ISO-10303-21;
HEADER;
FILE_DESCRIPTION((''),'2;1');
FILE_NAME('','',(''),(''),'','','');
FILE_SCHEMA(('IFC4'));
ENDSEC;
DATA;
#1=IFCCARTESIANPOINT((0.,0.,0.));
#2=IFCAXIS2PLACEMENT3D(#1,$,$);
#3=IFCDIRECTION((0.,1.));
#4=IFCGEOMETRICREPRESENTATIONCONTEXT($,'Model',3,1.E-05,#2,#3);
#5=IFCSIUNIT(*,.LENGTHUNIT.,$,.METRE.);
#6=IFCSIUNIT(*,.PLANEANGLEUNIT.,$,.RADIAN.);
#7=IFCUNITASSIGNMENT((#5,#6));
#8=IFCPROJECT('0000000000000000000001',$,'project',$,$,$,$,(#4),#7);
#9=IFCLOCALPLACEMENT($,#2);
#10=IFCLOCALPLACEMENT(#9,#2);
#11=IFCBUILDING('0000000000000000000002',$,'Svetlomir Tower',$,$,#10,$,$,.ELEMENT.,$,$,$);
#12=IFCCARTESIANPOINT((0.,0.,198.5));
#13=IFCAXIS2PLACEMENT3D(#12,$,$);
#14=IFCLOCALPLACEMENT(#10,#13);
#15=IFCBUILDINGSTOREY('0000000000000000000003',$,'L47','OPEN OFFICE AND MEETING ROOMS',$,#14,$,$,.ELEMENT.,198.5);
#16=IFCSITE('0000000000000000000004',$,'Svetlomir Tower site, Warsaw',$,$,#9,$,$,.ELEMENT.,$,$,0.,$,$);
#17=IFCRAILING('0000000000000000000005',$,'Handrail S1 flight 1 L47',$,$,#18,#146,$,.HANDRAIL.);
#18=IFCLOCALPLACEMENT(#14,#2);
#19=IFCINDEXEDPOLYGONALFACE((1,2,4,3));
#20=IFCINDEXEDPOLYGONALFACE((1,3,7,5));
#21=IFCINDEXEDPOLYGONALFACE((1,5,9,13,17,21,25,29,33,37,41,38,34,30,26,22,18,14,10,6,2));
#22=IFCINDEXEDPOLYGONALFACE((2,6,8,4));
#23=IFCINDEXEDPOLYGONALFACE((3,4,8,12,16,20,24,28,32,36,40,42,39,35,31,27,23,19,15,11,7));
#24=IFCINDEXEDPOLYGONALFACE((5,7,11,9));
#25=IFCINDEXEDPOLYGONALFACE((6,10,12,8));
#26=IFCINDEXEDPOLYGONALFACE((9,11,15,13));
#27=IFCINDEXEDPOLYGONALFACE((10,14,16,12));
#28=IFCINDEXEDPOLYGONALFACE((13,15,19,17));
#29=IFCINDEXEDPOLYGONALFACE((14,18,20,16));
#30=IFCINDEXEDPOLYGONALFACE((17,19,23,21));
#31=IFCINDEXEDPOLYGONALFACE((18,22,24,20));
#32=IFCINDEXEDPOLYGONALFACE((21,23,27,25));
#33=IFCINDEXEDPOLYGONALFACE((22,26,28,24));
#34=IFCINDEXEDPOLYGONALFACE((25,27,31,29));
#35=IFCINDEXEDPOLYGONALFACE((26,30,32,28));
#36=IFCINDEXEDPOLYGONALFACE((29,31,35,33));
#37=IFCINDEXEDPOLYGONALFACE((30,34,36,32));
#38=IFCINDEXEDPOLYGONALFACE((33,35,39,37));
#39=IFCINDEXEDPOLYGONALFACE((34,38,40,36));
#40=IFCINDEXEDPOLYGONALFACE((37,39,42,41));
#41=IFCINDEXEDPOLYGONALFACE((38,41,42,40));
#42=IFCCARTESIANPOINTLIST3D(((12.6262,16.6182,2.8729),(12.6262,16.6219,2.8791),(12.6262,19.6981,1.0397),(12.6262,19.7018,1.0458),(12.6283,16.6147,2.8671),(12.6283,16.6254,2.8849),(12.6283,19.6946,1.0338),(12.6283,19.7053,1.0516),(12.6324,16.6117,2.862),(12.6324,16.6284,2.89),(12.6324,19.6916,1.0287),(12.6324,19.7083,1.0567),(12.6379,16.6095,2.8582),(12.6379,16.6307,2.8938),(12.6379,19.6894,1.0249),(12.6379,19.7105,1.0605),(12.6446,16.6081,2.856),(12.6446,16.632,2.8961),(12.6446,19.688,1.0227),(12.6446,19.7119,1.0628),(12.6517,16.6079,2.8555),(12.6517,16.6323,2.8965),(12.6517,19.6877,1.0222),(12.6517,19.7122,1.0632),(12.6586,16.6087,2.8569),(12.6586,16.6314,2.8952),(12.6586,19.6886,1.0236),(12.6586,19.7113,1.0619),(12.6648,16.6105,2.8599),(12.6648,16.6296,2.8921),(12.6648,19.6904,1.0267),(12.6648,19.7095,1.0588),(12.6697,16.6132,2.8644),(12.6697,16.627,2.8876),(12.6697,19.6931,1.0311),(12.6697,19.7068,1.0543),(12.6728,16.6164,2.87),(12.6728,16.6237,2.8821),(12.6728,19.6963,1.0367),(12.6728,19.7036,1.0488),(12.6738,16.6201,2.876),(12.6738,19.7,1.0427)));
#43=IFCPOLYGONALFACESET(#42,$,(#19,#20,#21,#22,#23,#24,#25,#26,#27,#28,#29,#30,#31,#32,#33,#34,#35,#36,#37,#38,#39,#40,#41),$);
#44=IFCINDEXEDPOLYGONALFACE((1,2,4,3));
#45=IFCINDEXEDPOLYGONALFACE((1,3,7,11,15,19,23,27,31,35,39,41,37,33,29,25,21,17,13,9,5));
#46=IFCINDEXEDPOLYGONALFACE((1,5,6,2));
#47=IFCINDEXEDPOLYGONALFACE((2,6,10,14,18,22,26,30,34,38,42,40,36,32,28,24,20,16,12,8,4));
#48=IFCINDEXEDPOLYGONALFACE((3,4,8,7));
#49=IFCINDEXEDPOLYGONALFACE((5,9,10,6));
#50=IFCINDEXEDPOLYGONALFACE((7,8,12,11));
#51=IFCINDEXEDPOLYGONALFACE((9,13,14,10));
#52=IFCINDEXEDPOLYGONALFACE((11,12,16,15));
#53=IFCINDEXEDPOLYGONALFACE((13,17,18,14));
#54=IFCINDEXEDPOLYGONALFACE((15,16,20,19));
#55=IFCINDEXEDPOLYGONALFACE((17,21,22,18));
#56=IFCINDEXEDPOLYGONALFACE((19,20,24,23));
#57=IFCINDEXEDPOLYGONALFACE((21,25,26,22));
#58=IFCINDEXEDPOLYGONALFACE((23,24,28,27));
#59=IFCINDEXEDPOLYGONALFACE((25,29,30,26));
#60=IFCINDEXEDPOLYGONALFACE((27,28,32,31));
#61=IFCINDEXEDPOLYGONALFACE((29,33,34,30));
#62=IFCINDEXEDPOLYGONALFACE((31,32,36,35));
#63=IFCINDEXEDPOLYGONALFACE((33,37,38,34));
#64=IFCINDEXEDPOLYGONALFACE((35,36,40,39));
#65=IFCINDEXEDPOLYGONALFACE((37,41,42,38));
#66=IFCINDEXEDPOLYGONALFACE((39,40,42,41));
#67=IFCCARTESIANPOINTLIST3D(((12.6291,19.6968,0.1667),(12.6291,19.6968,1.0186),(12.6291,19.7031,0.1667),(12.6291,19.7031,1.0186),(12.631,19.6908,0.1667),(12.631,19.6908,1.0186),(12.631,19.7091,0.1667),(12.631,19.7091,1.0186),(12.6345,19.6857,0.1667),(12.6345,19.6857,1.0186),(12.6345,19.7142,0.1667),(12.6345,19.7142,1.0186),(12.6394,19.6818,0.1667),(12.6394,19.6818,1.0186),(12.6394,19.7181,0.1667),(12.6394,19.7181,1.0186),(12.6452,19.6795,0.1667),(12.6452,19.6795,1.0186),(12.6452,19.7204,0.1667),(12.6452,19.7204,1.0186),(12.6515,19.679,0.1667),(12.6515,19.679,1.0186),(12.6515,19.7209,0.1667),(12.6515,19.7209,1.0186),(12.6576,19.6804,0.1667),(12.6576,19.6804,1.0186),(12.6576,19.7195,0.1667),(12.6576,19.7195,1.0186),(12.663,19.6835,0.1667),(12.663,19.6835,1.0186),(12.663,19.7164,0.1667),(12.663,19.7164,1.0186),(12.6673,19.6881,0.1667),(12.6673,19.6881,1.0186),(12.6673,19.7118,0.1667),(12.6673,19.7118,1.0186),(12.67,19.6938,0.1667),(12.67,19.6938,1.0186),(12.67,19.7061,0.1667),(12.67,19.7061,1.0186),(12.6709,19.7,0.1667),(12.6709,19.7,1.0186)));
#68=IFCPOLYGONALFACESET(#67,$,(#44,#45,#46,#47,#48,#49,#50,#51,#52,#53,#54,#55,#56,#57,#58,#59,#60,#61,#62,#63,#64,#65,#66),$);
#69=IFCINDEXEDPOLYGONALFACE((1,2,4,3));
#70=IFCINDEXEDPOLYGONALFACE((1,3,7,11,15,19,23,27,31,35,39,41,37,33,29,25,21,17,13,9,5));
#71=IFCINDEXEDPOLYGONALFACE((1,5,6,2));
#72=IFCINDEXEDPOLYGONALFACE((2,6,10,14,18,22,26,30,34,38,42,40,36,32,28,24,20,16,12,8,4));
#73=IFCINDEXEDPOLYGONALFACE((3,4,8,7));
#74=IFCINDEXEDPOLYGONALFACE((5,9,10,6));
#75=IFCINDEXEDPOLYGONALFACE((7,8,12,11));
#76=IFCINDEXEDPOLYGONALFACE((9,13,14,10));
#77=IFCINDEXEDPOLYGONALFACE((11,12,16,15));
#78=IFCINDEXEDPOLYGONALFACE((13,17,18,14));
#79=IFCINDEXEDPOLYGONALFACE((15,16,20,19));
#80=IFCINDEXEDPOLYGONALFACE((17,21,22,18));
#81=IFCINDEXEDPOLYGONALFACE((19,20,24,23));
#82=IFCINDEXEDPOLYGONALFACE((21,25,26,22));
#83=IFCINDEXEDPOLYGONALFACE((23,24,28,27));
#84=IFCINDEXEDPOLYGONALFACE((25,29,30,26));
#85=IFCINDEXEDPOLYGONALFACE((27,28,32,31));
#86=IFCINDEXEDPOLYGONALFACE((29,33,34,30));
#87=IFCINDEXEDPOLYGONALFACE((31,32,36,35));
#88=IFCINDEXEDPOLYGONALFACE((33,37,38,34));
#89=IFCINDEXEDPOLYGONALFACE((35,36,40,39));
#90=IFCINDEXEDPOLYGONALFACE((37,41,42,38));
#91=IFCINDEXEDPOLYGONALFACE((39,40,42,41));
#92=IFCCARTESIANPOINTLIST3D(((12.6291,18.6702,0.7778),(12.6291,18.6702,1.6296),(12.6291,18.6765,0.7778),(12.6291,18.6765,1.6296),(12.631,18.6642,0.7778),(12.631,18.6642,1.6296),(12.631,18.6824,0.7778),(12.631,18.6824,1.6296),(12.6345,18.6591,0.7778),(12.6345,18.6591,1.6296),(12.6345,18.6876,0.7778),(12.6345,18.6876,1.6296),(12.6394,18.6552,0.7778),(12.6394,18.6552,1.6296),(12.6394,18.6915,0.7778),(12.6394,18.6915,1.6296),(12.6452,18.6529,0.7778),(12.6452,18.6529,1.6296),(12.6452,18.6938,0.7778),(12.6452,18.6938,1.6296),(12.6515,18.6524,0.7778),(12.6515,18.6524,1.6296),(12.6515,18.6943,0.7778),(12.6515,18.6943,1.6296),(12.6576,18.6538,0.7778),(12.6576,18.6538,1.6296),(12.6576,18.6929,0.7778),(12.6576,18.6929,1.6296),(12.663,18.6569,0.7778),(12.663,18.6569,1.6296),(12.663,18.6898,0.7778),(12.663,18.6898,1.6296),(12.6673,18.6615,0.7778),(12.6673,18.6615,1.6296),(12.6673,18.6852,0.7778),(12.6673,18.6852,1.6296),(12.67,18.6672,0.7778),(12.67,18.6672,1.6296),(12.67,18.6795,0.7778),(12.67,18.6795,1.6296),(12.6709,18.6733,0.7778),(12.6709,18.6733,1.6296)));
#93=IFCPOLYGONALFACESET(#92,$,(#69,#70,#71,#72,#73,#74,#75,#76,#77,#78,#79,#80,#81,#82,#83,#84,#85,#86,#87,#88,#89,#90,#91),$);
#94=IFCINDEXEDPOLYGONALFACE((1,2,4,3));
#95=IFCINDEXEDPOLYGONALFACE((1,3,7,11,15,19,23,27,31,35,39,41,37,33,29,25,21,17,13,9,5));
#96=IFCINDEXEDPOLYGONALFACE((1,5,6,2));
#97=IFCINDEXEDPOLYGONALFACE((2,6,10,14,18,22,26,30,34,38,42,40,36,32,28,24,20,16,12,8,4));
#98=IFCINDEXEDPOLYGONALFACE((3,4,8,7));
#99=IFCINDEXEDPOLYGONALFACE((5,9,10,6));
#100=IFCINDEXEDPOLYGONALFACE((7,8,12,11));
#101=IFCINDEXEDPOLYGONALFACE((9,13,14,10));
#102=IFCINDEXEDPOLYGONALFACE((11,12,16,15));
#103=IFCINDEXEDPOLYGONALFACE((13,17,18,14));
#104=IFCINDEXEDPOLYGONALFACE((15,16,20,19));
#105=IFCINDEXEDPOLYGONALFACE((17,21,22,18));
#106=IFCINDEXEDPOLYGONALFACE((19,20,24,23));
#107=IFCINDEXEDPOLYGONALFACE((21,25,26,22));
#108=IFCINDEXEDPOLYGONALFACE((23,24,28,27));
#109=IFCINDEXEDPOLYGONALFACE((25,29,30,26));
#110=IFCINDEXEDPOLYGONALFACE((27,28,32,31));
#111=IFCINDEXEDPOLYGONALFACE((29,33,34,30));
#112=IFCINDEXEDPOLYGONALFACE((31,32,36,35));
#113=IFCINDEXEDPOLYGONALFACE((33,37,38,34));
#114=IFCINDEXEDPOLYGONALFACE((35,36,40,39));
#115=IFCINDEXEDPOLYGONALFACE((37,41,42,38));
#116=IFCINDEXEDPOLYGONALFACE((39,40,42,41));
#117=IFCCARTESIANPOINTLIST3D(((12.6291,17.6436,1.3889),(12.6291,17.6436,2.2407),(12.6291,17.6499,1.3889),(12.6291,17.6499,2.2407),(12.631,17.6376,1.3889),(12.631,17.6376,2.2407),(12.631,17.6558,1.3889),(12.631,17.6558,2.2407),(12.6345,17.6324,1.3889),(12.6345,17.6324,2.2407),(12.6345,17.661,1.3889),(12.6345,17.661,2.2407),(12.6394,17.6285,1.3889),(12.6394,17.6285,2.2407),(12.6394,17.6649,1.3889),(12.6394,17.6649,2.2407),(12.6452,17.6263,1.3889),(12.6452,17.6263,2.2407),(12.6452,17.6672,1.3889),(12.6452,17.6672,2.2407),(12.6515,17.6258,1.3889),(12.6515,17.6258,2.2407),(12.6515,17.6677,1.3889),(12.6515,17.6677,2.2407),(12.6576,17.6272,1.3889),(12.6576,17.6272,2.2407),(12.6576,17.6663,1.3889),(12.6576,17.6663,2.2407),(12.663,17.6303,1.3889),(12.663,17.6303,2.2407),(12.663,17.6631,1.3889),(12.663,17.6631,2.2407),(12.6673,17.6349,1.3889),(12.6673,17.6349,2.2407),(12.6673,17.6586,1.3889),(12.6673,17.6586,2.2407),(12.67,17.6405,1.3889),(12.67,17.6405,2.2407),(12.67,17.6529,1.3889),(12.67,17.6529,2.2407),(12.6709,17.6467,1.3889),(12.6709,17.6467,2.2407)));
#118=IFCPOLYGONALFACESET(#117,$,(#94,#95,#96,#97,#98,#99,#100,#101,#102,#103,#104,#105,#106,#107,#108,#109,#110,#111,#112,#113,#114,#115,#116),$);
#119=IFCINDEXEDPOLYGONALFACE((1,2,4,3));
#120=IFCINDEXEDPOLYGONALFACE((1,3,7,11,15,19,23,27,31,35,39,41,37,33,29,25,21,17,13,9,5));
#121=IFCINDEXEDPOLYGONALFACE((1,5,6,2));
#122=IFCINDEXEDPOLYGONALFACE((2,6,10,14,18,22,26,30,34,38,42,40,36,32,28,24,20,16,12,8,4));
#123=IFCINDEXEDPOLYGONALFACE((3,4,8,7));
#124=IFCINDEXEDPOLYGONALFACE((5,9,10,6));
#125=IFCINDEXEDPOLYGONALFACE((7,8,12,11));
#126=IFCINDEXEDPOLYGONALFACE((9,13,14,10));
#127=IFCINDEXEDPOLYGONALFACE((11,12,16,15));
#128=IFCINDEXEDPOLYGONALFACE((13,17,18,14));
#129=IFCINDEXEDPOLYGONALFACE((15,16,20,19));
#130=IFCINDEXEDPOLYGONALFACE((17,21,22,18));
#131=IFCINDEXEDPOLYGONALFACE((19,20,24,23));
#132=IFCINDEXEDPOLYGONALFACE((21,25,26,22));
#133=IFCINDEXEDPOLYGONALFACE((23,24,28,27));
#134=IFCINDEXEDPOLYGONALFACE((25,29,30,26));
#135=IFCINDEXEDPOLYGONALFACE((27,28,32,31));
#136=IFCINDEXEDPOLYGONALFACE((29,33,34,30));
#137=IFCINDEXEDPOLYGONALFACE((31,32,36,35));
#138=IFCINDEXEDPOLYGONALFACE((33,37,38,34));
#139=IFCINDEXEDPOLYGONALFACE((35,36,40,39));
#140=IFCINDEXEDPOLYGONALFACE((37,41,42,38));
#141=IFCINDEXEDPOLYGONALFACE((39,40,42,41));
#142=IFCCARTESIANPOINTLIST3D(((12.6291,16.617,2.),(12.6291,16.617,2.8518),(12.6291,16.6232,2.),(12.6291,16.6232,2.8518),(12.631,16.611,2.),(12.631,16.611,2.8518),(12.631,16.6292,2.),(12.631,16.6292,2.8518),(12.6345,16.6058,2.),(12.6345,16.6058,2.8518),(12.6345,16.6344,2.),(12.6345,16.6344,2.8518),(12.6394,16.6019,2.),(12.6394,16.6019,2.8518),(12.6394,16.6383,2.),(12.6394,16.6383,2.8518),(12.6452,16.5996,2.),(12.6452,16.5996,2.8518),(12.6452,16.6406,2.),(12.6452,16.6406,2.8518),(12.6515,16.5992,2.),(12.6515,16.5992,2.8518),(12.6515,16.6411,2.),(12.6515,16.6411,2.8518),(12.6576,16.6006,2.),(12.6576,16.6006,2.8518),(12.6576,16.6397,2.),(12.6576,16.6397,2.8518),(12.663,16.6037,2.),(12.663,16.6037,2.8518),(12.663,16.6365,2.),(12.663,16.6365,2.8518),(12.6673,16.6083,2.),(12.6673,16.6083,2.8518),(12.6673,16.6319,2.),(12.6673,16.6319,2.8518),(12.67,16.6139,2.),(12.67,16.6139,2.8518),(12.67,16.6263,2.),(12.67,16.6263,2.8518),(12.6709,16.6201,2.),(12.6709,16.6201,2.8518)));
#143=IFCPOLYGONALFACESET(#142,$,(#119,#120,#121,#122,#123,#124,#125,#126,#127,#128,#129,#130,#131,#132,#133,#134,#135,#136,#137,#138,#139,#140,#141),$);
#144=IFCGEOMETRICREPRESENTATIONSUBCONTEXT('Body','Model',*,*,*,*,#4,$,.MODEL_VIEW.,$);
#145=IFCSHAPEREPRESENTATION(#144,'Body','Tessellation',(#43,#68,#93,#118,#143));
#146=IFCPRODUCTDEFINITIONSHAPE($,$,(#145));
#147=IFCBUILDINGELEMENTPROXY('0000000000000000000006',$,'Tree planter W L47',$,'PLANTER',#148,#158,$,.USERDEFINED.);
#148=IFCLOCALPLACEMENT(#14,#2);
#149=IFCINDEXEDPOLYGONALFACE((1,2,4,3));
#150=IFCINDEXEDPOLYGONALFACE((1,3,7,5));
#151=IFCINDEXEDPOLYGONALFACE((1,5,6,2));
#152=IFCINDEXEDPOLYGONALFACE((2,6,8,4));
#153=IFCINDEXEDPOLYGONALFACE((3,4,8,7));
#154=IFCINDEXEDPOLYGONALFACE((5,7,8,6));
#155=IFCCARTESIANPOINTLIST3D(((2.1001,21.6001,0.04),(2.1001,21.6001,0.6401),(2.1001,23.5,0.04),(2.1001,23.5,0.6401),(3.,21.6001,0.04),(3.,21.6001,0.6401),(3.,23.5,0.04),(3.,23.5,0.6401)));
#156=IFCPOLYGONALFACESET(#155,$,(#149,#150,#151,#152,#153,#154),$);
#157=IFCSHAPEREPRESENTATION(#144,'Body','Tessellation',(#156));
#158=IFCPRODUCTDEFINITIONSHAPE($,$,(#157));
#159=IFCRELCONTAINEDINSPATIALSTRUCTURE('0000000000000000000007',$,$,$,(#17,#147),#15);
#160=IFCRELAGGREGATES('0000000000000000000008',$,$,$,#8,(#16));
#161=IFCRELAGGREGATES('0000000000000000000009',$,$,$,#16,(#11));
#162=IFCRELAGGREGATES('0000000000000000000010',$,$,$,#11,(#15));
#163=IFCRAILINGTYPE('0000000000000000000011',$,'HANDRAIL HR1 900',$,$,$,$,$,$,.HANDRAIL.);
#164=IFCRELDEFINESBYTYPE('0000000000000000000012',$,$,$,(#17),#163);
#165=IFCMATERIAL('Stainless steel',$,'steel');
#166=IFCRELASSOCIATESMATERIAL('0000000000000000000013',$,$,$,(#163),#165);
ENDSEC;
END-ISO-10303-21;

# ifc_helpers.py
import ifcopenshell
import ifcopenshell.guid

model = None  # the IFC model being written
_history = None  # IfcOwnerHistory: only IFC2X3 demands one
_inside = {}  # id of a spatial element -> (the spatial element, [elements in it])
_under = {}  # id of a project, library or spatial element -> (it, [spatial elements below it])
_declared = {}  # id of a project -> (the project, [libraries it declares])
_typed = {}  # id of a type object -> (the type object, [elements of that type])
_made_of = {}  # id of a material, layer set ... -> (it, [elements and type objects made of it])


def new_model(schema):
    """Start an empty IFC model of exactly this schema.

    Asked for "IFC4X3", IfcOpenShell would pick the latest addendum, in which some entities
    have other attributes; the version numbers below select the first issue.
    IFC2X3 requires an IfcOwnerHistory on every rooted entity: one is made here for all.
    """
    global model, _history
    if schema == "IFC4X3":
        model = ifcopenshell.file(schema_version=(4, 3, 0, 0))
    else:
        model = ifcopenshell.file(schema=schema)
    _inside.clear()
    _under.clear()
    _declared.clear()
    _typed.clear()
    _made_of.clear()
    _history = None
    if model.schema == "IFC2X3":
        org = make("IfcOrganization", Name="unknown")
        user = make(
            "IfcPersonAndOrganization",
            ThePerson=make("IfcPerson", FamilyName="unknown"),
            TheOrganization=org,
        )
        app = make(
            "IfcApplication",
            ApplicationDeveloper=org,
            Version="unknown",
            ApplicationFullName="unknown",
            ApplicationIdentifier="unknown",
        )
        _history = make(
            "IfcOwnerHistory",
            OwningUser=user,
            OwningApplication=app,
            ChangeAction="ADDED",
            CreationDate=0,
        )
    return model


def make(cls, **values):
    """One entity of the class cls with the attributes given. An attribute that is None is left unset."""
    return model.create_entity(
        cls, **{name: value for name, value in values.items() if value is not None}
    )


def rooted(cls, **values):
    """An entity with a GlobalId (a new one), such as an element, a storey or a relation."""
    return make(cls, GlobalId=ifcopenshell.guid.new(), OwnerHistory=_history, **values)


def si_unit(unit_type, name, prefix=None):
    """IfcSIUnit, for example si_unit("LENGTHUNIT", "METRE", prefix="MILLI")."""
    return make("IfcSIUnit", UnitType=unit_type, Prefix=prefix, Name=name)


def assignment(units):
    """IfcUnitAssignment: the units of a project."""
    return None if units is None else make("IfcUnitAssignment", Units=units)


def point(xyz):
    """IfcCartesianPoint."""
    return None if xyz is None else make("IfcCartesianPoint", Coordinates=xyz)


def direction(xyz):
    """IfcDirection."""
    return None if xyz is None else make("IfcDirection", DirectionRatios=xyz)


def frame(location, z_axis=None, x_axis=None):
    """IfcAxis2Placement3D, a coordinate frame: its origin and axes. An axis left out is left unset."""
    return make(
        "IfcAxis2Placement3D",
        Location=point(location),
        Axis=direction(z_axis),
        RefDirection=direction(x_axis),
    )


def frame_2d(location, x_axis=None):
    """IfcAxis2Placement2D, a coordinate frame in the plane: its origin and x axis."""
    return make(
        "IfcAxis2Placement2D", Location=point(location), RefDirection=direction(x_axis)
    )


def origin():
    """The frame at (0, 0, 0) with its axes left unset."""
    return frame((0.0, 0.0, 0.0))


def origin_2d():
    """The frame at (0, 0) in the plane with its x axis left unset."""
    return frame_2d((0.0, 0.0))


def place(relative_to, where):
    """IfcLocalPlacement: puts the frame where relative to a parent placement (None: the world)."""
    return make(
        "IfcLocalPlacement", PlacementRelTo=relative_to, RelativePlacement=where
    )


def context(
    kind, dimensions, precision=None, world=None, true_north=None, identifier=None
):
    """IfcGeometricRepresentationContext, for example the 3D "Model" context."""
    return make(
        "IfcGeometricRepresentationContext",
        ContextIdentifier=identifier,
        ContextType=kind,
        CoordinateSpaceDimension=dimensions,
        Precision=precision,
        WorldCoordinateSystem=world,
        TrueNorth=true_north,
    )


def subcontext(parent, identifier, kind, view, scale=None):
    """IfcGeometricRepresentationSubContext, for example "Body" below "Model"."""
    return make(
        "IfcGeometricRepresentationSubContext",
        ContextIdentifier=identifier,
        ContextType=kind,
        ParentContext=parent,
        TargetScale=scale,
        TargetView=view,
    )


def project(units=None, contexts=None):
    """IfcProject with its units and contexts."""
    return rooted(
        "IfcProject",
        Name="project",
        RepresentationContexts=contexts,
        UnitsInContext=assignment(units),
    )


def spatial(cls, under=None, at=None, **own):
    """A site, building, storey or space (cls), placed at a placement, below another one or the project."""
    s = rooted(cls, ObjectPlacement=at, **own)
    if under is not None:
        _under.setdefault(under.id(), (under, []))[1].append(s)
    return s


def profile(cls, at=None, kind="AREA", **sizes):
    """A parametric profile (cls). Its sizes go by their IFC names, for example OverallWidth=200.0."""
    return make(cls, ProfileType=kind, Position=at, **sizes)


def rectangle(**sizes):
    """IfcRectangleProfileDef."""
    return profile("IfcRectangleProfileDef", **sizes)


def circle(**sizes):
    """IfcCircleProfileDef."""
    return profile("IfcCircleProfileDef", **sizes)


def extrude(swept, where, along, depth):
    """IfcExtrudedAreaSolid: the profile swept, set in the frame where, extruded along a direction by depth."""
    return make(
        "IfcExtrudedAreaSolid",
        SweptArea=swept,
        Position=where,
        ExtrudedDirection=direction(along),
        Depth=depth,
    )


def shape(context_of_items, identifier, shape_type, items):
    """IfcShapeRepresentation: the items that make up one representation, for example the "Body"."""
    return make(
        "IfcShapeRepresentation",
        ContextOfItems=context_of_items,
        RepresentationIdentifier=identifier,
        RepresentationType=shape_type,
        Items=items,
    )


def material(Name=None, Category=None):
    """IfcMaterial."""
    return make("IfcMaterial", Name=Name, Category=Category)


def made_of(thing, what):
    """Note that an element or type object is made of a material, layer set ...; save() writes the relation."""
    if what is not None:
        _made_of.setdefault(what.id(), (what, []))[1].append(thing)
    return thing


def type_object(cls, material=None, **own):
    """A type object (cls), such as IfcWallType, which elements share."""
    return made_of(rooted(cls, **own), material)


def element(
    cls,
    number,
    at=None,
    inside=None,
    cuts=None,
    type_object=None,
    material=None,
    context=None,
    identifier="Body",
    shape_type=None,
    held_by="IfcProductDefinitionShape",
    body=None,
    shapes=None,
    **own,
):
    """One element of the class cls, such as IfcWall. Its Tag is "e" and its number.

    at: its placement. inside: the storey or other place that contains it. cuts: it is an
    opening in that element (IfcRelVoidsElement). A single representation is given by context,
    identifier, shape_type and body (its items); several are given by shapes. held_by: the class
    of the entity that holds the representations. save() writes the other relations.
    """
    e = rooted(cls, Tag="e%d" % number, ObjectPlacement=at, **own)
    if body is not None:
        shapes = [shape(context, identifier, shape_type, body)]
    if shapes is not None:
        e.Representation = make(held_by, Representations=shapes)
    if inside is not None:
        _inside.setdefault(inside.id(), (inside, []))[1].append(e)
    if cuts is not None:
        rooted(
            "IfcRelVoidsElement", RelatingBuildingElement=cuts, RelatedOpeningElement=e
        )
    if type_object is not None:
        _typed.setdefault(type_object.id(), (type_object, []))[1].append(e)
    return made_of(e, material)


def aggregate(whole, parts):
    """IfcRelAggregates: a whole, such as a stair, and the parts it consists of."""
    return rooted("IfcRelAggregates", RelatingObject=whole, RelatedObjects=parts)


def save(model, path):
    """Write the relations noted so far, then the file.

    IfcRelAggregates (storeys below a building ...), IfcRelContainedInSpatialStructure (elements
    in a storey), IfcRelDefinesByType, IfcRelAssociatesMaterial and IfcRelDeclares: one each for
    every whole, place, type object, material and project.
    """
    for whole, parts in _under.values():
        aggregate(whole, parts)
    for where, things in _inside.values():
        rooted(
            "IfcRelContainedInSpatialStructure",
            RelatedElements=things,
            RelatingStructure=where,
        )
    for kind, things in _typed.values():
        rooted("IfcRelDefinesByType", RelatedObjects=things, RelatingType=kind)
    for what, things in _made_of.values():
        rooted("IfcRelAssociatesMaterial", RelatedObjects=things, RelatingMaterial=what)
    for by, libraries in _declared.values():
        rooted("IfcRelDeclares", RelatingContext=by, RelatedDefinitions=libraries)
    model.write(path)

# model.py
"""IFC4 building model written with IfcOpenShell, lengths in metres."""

from ifc_helpers import new_model, si_unit, direction, frame, origin, origin_2d, place, context, subcontext, project, spatial, rectangle, circle, extrude, material, type_object, element, save


model = new_model("IFC4")

# Units and contexts
model_context = context("Model", 3, precision=1e-05, world=origin(), true_north=direction((0.0, 1.0)))
body_context = subcontext(model_context, "Body", "Model", "MODEL_VIEW")
ifc_project = project(units=[si_unit("LENGTHUNIT", "METRE"), si_unit("PLANEANGLEUNIT", "RADIAN")], contexts=[model_context])

# Site, building, storey
site_placement = place(None, origin())
site = spatial("IfcSite", under=ifc_project, at=site_placement, Name="Svetlomir Tower site, Warsaw", CompositionType="ELEMENT", RefElevation=0.0)
building_placement = place(site_placement, origin())
building = spatial("IfcBuilding", under=site, at=building_placement, Name="Svetlomir Tower", CompositionType="ELEMENT")
storey_placement = place(building_placement, frame((0.0, 0.0, 198.5)))
storey = spatial("IfcBuildingStorey", under=building, at=storey_placement, Name="L47", Description="OPEN OFFICE AND MEETING ROOMS", CompositionType="ELEMENT", Elevation=198.5)

# Railing
ifc_material_1 = material(Name="Stainless steel", Category="steel")
railing_type_1 = type_object("IfcRailingType", Name="HANDRAIL HR1 900", PredefinedType="HANDRAIL", material=ifc_material_1)
railing_placement = place(storey_placement, frame((12.6499, 19.7, 0.1667)))
element("IfcRailing", 1, at=railing_placement, inside=storey, type_object=railing_type_1, Name="Handrail S1 flight 1 L47", PredefinedType="HANDRAIL", context=body_context, shape_type="SweptSolid", body=[
    extrude(circle(Radius=0.0239, at=origin_2d()), frame((0.0, 0.0, 0.876), z_axis=(0.0, -0.859291, 0.511487), x_axis=(1.0, 0.0, 0.0)), (0.0, 0.0, 1.0), 3.5842),
    extrude(circle(Radius=0.021, at=origin_2d()), origin(), (0.0, 0.0, 1.0), 0.8518),
    extrude(circle(Radius=0.021, at=origin_2d()), frame((0.0, -1.0266, 0.6111)), (0.0, 0.0, 1.0), 0.8518),
    extrude(circle(Radius=0.021, at=origin_2d()), frame((0.0, -2.0532, 1.2222)), (0.0, 0.0, 1.0), 0.8518),
    extrude(circle(Radius=0.021, at=origin_2d()), frame((0.0, -3.0798, 1.8333)), (0.0, 0.0, 1.0), 0.8518),
])

# Building element proxy
proxy_placement = place(storey_placement, frame((2.55, 22.55, 0.04), z_axis=(0.0, 0.0, 1.0), x_axis=(1.0, 0.0, 0.0)))
element("IfcBuildingElementProxy", 2, at=proxy_placement, inside=storey, Name="Tree planter W L47", ObjectType="PLANTER", PredefinedType="USERDEFINED", context=body_context, shape_type="SweptSolid", body=[
    extrude(rectangle(XDim=0.8999, YDim=1.8999, at=origin_2d()), origin(), (0.0, 0.0, 1.0), 0.6001),
])

save(model, "model.ifc")
